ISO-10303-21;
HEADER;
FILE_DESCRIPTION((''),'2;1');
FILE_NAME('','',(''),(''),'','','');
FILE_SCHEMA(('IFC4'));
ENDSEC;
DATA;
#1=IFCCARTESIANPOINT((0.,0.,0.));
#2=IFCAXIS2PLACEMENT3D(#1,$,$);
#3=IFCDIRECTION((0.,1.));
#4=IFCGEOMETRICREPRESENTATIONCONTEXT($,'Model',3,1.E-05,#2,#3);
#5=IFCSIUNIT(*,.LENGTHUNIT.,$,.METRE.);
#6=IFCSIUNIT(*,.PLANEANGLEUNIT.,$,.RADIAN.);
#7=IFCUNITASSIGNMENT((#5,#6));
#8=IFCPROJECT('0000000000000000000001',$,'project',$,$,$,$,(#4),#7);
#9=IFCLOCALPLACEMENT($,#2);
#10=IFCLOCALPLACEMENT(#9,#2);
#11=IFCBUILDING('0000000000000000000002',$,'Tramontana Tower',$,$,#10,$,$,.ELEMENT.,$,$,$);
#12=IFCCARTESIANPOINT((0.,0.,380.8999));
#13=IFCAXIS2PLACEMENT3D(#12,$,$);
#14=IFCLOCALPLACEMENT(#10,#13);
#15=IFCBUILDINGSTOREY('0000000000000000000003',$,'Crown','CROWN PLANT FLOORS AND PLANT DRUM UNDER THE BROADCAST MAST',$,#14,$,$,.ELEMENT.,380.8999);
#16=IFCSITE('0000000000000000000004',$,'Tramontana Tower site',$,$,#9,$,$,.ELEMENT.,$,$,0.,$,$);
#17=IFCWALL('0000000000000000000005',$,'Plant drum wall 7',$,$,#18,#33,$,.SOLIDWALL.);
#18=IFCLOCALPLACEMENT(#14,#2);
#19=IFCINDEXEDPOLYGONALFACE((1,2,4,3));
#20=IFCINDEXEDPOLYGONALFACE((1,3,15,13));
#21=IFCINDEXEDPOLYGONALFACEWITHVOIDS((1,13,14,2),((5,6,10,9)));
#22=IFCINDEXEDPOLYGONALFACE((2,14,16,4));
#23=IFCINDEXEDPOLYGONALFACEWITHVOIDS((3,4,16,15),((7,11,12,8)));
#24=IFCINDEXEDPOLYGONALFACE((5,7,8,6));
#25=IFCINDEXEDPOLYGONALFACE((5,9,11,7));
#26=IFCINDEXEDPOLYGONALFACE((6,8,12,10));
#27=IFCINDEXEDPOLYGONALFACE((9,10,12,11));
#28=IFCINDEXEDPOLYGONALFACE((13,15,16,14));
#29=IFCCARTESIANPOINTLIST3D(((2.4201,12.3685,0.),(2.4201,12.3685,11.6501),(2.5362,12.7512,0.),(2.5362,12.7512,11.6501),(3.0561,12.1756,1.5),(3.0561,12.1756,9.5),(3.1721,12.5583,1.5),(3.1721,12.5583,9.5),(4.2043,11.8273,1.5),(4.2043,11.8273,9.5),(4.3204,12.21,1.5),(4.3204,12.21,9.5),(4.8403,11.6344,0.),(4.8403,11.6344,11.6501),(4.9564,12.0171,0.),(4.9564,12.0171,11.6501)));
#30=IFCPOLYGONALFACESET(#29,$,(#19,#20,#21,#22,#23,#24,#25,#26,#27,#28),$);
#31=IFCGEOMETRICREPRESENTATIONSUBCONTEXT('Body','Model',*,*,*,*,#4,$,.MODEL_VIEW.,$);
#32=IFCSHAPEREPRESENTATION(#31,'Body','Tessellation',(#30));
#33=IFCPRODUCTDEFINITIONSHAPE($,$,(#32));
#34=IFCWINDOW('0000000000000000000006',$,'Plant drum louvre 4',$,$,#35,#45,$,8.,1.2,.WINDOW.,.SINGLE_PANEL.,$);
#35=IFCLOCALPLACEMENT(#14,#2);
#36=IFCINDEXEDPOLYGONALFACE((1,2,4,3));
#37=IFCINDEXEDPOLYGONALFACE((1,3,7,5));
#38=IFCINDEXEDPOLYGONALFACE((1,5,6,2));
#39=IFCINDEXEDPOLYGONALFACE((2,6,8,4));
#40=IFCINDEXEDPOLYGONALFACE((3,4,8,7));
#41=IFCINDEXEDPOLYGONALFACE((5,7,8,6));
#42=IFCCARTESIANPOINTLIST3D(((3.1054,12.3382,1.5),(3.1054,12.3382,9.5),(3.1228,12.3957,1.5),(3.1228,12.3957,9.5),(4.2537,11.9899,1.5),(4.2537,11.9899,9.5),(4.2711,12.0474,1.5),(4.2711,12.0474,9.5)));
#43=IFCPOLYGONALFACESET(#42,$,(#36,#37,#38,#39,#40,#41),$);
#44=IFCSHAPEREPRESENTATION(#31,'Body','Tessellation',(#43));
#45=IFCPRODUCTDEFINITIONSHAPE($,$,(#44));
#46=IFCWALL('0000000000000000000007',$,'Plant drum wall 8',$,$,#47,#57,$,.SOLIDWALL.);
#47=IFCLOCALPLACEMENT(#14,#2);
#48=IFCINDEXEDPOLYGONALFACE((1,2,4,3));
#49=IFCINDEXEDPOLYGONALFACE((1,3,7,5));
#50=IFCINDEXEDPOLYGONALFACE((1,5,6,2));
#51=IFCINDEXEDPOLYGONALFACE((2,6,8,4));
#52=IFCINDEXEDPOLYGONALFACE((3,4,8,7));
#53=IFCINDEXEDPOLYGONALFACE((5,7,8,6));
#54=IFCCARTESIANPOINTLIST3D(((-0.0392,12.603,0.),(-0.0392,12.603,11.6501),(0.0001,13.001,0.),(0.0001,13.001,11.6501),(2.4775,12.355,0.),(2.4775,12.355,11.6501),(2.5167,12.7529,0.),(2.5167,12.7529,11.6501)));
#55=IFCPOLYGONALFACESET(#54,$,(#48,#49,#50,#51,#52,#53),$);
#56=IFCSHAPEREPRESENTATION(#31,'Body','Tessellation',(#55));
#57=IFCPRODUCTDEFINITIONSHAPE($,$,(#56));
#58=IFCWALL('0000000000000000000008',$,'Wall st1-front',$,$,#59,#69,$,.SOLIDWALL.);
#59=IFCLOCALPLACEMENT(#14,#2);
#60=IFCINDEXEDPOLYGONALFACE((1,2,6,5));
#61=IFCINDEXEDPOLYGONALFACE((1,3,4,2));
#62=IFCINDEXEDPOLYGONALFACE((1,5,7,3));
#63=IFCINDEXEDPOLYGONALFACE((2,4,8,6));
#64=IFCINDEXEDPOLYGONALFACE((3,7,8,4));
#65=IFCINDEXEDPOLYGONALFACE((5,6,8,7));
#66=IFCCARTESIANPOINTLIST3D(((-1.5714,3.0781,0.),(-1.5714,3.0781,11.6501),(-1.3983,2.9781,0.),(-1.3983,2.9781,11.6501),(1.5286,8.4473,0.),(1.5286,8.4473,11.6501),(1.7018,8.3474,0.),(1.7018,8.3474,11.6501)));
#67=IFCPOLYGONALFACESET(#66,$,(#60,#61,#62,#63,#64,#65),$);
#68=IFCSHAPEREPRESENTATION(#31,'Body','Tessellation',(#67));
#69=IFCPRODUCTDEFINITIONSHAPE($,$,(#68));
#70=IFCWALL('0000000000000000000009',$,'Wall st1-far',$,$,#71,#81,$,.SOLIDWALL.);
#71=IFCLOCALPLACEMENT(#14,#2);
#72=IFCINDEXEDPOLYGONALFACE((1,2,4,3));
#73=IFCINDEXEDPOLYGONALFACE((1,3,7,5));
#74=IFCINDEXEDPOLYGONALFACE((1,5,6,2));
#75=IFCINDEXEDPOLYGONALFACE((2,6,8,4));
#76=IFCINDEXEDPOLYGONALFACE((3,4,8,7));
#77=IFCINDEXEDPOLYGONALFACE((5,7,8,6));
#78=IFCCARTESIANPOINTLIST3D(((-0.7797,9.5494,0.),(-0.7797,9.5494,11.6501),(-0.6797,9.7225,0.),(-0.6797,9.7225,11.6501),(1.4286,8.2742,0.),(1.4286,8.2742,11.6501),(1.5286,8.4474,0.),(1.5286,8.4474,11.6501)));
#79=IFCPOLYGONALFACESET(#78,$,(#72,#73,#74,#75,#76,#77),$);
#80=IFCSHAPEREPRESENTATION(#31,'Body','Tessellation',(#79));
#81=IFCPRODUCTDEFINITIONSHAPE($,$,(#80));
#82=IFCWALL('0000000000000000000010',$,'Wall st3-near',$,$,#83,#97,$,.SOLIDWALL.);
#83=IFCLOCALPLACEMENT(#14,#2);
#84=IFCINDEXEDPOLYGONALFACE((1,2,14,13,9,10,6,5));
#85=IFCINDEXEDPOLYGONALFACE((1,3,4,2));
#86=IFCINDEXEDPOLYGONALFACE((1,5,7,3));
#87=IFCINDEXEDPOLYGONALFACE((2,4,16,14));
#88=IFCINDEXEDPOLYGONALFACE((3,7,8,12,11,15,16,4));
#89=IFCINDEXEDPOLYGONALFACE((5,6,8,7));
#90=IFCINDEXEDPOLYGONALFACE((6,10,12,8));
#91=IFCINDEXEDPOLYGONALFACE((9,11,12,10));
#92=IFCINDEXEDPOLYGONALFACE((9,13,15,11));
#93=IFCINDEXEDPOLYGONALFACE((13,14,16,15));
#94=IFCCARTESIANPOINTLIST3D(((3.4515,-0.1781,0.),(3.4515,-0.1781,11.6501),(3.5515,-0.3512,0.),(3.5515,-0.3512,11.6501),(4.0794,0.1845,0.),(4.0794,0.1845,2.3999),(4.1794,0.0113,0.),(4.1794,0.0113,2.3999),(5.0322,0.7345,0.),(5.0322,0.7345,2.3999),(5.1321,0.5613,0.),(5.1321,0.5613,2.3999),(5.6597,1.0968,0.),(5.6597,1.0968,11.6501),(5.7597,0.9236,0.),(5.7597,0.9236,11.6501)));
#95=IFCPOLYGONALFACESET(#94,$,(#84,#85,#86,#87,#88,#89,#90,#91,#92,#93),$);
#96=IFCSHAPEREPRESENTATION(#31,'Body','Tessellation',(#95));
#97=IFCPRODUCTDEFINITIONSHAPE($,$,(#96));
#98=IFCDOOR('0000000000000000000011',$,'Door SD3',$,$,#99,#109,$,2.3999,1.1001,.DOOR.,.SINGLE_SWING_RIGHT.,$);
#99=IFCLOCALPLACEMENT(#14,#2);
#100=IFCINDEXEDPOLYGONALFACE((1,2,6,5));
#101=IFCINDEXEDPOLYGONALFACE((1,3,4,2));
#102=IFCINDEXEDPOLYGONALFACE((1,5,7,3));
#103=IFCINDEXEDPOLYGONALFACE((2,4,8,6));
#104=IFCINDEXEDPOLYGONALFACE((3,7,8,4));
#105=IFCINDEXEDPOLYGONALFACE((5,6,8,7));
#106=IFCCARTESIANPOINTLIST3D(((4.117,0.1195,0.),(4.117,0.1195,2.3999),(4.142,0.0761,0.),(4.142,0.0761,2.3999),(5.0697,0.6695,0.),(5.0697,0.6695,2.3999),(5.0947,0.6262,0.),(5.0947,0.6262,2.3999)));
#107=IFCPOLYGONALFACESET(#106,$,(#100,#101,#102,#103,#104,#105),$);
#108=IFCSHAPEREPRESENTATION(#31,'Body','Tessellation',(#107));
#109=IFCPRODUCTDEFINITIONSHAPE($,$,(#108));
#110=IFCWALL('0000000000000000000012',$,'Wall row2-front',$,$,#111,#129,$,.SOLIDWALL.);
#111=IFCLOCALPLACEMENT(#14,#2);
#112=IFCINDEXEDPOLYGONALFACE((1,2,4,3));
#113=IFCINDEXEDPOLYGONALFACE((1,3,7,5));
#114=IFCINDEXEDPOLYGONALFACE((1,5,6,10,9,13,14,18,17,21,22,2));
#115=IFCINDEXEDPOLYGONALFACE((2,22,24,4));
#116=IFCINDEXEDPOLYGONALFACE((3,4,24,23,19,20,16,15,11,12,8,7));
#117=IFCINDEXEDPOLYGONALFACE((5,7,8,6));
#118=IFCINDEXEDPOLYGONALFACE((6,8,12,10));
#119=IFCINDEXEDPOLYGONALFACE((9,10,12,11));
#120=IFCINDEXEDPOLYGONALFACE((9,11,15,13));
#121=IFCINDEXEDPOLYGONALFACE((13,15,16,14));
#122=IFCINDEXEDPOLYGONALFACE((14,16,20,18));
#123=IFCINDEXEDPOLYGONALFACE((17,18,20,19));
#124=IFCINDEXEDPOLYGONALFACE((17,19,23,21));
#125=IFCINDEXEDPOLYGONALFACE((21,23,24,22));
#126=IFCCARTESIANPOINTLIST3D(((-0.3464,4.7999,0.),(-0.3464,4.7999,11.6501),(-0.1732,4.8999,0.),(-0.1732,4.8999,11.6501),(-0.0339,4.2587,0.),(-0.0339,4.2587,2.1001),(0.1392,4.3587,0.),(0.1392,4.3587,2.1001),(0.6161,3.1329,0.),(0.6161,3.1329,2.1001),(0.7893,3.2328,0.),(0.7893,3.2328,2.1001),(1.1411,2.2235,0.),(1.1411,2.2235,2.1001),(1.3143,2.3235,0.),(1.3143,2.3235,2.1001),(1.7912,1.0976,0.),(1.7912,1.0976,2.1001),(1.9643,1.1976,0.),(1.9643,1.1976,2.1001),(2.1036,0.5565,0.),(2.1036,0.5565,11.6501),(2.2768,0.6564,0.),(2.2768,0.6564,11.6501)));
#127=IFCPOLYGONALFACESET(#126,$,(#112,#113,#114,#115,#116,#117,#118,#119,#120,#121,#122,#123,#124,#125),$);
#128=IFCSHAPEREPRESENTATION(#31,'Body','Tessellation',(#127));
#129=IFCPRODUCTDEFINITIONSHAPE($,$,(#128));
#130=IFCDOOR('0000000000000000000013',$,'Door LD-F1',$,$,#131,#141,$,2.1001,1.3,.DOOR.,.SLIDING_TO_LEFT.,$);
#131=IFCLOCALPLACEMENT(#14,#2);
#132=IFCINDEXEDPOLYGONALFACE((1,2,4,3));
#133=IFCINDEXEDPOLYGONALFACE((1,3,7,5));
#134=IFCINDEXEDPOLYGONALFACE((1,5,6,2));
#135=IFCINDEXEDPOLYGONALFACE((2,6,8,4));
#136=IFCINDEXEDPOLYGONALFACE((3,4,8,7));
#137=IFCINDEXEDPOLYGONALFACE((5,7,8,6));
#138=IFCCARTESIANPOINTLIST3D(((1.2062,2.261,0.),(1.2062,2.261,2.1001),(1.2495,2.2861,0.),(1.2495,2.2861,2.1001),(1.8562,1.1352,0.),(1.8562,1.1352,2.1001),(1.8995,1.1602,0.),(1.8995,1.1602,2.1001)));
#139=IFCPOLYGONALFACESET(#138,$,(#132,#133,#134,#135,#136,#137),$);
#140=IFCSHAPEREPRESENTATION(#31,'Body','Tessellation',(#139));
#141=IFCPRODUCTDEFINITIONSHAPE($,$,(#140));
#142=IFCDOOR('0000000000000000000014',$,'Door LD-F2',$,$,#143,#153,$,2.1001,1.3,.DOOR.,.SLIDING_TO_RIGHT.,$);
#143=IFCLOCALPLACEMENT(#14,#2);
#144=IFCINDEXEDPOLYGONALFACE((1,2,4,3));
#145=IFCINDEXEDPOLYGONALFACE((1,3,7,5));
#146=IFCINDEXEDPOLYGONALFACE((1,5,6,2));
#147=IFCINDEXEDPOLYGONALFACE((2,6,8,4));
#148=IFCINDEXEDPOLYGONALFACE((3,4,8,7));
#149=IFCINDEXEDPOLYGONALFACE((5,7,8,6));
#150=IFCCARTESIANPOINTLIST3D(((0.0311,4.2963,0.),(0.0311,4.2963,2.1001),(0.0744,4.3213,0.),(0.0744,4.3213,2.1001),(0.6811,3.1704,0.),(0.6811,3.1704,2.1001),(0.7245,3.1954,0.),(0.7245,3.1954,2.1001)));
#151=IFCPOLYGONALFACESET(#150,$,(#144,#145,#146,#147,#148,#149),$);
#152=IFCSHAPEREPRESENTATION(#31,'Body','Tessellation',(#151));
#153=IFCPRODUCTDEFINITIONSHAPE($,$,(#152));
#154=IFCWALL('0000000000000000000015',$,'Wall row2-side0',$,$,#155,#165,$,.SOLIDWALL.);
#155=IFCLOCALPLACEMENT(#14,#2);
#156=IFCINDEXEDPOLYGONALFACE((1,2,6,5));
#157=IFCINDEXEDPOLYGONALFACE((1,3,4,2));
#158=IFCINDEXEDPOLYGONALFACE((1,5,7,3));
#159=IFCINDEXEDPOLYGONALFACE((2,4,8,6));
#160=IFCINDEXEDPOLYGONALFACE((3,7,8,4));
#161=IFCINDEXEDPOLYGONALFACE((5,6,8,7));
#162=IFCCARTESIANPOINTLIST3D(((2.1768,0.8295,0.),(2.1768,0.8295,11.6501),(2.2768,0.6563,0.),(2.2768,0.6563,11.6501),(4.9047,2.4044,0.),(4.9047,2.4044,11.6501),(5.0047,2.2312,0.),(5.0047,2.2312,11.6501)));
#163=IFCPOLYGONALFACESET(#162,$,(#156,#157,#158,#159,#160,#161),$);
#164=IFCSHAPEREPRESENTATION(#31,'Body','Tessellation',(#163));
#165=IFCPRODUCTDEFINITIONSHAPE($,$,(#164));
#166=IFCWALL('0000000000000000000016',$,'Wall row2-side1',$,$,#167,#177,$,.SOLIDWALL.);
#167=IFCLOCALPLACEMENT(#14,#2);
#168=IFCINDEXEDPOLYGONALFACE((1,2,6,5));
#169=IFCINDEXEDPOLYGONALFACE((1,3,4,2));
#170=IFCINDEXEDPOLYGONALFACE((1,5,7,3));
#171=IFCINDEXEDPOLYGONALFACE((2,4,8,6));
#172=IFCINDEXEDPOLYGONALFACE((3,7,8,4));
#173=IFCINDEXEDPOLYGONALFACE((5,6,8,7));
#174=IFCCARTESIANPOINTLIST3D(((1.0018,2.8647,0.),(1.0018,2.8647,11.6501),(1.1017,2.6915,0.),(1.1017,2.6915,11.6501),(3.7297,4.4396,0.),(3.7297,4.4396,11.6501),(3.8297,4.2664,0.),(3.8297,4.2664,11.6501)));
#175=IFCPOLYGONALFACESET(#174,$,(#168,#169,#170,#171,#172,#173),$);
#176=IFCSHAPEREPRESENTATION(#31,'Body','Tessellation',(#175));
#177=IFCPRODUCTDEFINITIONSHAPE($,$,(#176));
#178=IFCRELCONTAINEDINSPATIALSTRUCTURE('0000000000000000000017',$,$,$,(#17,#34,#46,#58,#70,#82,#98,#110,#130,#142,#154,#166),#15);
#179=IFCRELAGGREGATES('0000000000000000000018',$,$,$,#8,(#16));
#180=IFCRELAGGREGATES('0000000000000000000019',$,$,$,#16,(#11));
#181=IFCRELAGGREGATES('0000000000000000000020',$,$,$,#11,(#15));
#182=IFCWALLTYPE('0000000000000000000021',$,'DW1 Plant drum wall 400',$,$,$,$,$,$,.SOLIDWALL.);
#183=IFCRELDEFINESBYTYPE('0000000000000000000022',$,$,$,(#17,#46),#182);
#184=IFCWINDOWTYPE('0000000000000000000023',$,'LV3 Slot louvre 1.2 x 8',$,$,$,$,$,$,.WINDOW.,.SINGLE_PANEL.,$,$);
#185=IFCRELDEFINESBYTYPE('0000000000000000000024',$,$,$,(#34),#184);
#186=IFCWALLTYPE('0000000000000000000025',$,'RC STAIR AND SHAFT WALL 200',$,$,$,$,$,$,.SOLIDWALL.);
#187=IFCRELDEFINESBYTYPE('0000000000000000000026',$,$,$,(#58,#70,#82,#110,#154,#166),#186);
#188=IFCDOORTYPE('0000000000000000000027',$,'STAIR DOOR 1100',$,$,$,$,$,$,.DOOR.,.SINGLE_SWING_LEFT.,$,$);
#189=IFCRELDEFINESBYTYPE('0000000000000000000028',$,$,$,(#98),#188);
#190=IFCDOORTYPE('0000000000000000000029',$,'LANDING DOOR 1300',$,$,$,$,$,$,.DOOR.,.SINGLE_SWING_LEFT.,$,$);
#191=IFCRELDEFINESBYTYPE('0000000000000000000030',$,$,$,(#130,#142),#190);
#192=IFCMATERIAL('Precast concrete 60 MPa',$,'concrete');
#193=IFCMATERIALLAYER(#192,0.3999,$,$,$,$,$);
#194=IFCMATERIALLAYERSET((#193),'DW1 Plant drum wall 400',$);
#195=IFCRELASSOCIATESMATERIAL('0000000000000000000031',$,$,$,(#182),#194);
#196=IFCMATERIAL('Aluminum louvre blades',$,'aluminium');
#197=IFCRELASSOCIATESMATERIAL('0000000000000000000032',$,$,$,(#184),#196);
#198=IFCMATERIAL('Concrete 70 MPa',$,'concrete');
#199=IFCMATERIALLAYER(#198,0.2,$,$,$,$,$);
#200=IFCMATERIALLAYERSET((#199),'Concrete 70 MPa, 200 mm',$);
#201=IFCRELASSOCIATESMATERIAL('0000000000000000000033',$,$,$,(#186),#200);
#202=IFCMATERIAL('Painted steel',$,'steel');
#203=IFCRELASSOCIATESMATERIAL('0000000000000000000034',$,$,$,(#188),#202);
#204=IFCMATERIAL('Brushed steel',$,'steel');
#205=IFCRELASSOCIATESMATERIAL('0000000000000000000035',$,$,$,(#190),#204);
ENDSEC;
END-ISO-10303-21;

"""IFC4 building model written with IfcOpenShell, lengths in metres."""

from ifc_helpers import new_model, si_unit, direction, frame, frame_2d, origin, place, context, subcontext, project, spatial, rectangle, extrude, material, layer, layer_set, type_object, element, fill, save


model = new_model("IFC4")

# Units and contexts
model_context = context("Model", 3, precision=1e-05, world=origin(), true_north=direction((0.0, 1.0)))
body_context = subcontext(model_context, "Body", "Model", "MODEL_VIEW")
ifc_project = project(units=[si_unit("LENGTHUNIT", "METRE"), si_unit("PLANEANGLEUNIT", "RADIAN")], contexts=[model_context])

# Site, building, storey
site_placement = place(None, origin())
site = spatial("IfcSite", under=ifc_project, at=site_placement, Name="Tramontana Tower site", CompositionType="ELEMENT", RefElevation=0.0)
building_placement = place(site_placement, origin())
building = spatial("IfcBuilding", under=site, at=building_placement, Name="Tramontana Tower", CompositionType="ELEMENT")
storey_placement = place(building_placement, frame((0.0, 0.0, 380.8999)))
storey = spatial("IfcBuildingStorey", under=building, at=storey_placement, Name="Crown", Description="CROWN PLANT FLOORS AND PLANT DRUM UNDER THE BROADCAST MAST", CompositionType="ELEMENT", Elevation=380.8999)

# Wall, opening, window
ifc_material_1 = material(Name="Precast concrete 60 MPa", Category="concrete")
ifc_layer_1 = layer(ifc_material_1, 0.3999)
ifc_layer_set_1 = layer_set([ifc_layer_1], Name="DW1 Plant drum wall 400")
wall_type_1 = type_object("IfcWallType", Name="DW1 Plant drum wall 400", PredefinedType="SOLIDWALL", material=ifc_layer_set_1)
wall_1_placement = place(storey_placement, frame((4.8984, 11.8257, 0.0), z_axis=(0.0, 0.0, 1.0), x_axis=(-0.956942, 0.290278, 0.0)))
wall_1 = element("IfcWall", 1, at=wall_1_placement, inside=storey, type_object=wall_type_1, Name="Plant drum wall 7", PredefinedType="SOLIDWALL", context=body_context, shape_type="SweptSolid", body=[
    extrude(rectangle(XDim=2.5291, YDim=0.3999, at=frame_2d((1.2646, 0.0))), origin(), (0.0, 0.0, 1.0), 11.6501),
])
opening_1_placement = place(wall_1_placement, frame((0.6646, 0.0, 1.5)))
opening_1 = element("IfcOpeningElement", 2, at=opening_1_placement, cuts=wall_1, PredefinedType="OPENING", context=body_context, shape_type="SweptSolid", body=[
    extrude(rectangle(XDim=1.2, YDim=8.0, at=frame_2d((0.6001, 4.0))), frame((0.0, 0.21, 0.0), z_axis=(0.0, -1.0, 0.0), x_axis=(1.0, 0.0, 0.0)), (0.0, 0.0, 1.0), 0.4199),
])
ifc_material_2 = material(Name="Aluminum louvre blades", Category="aluminium")
window_type = type_object("IfcWindowType", Name="LV3 Slot louvre 1.2 x 8", PartitioningType="SINGLE_PANEL", PredefinedType="WINDOW", material=ifc_material_2)
window_placement = place(opening_1_placement, origin())
window = element("IfcWindow", 3, at=window_placement, inside=storey, type_object=window_type, Name="Plant drum louvre 4", OverallHeight=8.0, OverallWidth=1.2, PartitioningType="SINGLE_PANEL", PredefinedType="WINDOW", context=body_context, shape_type="SweptSolid", body=[
    extrude(rectangle(XDim=1.2, YDim=8.0, at=frame_2d((0.6001, 4.0))), frame((0.0, 0.03, 0.0), z_axis=(0.0, -1.0, 0.0), x_axis=(1.0, 0.0, 0.0)), (0.0, 0.0, 1.0), 0.0601),
])
fill(opening_1, window)

# Walls
wall_2_placement = place(storey_placement, frame((2.4971, 12.554, 0.0), z_axis=(0.0, 0.0, 1.0), x_axis=(-0.995178, 0.098089, 0.0)))
element("IfcWall", 4, at=wall_2_placement, inside=storey, type_object=wall_type_1, Name="Plant drum wall 8", PredefinedType="SOLIDWALL", context=body_context, shape_type="SweptSolid", body=[
    extrude(rectangle(XDim=2.5288, YDim=0.3999, at=frame_2d((1.2644, 0.0))), origin(), (0.0, 0.0, 1.0), 11.6501),
])
ifc_material_3 = material(Name="Concrete 70 MPa", Category="concrete")
ifc_layer_2 = layer(ifc_material_3, 0.2)
ifc_layer_set_2 = layer_set([ifc_layer_2], Name="Concrete 70 MPa, 200 mm")
wall_type_2 = type_object("IfcWallType", Name="RC STAIR AND SHAFT WALL 200", PredefinedType="SOLIDWALL", material=ifc_layer_set_2)
wall_3_placement = place(storey_placement, frame((1.6152, 8.3975, 0.0), z_axis=(0.0, 0.0, 1.0), x_axis=(-0.50001, -0.86602, 0.0)))
element("IfcWall", 5, at=wall_3_placement, inside=storey, type_object=wall_type_2, Name="Wall st1-front", PredefinedType="SOLIDWALL", context=body_context, shape_type="SweptSolid", body=[
    extrude(rectangle(XDim=6.2, YDim=0.2, at=frame_2d((3.1001, 0.0))), origin(), (0.0, 0.0, 1.0), 11.6501),
])
wall_4_placement = place(storey_placement, frame((1.4785, 8.3608, 0.0), z_axis=(0.0, 0.0, 1.0), x_axis=(-0.865989, 0.500062, 0.0)))
element("IfcWall", 6, at=wall_4_placement, inside=storey, type_object=wall_type_2, Name="Wall st1-far", PredefinedType="SOLIDWALL", context=body_context, shape_type="SweptSolid", body=[
    extrude(rectangle(XDim=2.55, YDim=0.2, at=frame_2d((1.2749, 0.0))), origin(), (0.0, 0.0, 1.0), 11.6501),
])

# Wall, opening, door
wall_5_placement = place(storey_placement, frame((3.5015, -0.2646, 0.0), z_axis=(0.0, 0.0, 1.0), x_axis=(0.866031, 0.49999, 0.0)))
wall_5 = element("IfcWall", 7, at=wall_5_placement, inside=storey, type_object=wall_type_2, Name="Wall st3-near", PredefinedType="SOLIDWALL", context=body_context, shape_type="SweptSolid", body=[
    extrude(rectangle(XDim=2.5498, YDim=0.2, at=frame_2d((1.2749, 0.0))), origin(), (0.0, 0.0, 1.0), 11.6501),
])
opening_2_placement = place(wall_5_placement, frame((0.7251, 0.0, 0.0)))
opening_2 = element("IfcOpeningElement", 8, at=opening_2_placement, cuts=wall_5, PredefinedType="OPENING", context=body_context, shape_type="SweptSolid", body=[
    extrude(rectangle(XDim=1.1001, YDim=2.3999, at=frame_2d((0.55, 1.2))), frame((0.0, 0.1099, 0.0), z_axis=(0.0, -1.0, 0.0), x_axis=(1.0, 0.0, 0.0)), (0.0, 0.0, 1.0), 0.22),
])
ifc_material_4 = material(Name="Painted steel", Category="steel")
door_type_1 = type_object("IfcDoorType", Name="STAIR DOOR 1100", OperationType="SINGLE_SWING_LEFT", PredefinedType="DOOR", material=ifc_material_4)
door_1_placement = place(opening_2_placement, origin())
door_1 = element("IfcDoor", 9, at=door_1_placement, inside=storey, type_object=door_type_1, Name="Door SD3", OperationType="SINGLE_SWING_RIGHT", OverallHeight=2.3999, OverallWidth=1.1001, PredefinedType="DOOR", context=body_context, shape_type="SweptSolid", body=[
    extrude(rectangle(XDim=1.1001, YDim=2.3999, at=frame_2d((0.55, 1.2))), frame((0.0, 0.0249, 0.0), z_axis=(0.0, -1.0, 0.0), x_axis=(1.0, 0.0, 0.0)), (0.0, 0.0, 1.0), 0.05),
])
fill(opening_2, door_1)

# Wall, openings, doors
wall_6_placement = place(storey_placement, frame((2.1902, 0.6064, 0.0), z_axis=(0.0, 0.0, 1.0), x_axis=(-0.500003, 0.866024, 0.0)))
wall_6 = element("IfcWall", 10, at=wall_6_placement, inside=storey, type_object=wall_type_2, Name="Wall row2-front", PredefinedType="SOLIDWALL", context=body_context, shape_type="SweptSolid", body=[
    extrude(rectangle(XDim=4.8999, YDim=0.2, at=frame_2d((2.45, 0.0))), origin(), (0.0, 0.0, 1.0), 11.6501),
])
opening_3_placement = place(wall_6_placement, frame((0.625, 0.0, 0.0)))
opening_3 = element("IfcOpeningElement", 11, at=opening_3_placement, cuts=wall_6, PredefinedType="OPENING", context=body_context, shape_type="SweptSolid", body=[
    extrude(rectangle(XDim=1.3, YDim=2.1001, at=frame_2d((0.6499, 1.05))), frame((0.0, 0.1099, 0.0), z_axis=(0.0, -1.0, 0.0), x_axis=(1.0, 0.0, 0.0)), (0.0, 0.0, 1.0), 0.22),
])
opening_4_placement = place(wall_6_placement, frame((2.9751, 0.0, 0.0)))
opening_4 = element("IfcOpeningElement", 12, at=opening_4_placement, cuts=wall_6, PredefinedType="OPENING", context=body_context, shape_type="SweptSolid", body=[
    extrude(rectangle(XDim=1.3, YDim=2.1001, at=frame_2d((0.6499, 1.05))), frame((0.0, 0.1099, 0.0), z_axis=(0.0, -1.0, 0.0), x_axis=(1.0, 0.0, 0.0)), (0.0, 0.0, 1.0), 0.22),
])
ifc_material_5 = material(Name="Brushed steel", Category="steel")
door_type_2 = type_object("IfcDoorType", Name="LANDING DOOR 1300", OperationType="SINGLE_SWING_LEFT", PredefinedType="DOOR", material=ifc_material_5)
door_2_placement = place(opening_3_placement, origin())
door_2 = element("IfcDoor", 13, at=door_2_placement, inside=storey, type_object=door_type_2, Name="Door LD-F1", OperationType="SLIDING_TO_LEFT", OverallHeight=2.1001, OverallWidth=1.3, PredefinedType="DOOR", context=body_context, shape_type="SweptSolid", body=[
    extrude(rectangle(XDim=1.3, YDim=2.1001, at=frame_2d((0.6499, 1.05))), frame((0.0, 0.0249, 0.0), z_axis=(0.0, -1.0, 0.0), x_axis=(1.0, 0.0, 0.0)), (0.0, 0.0, 1.0), 0.05),
])
fill(opening_3, door_2)
door_3_placement = place(opening_4_placement, origin())
door_3 = element("IfcDoor", 14, at=door_3_placement, inside=storey, type_object=door_type_2, Name="Door LD-F2", OperationType="SLIDING_TO_RIGHT", OverallHeight=2.1001, OverallWidth=1.3, PredefinedType="DOOR", context=body_context, shape_type="SweptSolid", body=[
    extrude(rectangle(XDim=1.3, YDim=2.1001, at=frame_2d((0.6499, 1.05))), frame((0.0, 0.0249, 0.0), z_axis=(0.0, -1.0, 0.0), x_axis=(1.0, 0.0, 0.0)), (0.0, 0.0, 1.0), 0.05),
])
fill(opening_4, door_3)

# Walls
for number, where, z_axis, x_axis, name in (
    (15, (2.2268, 0.7429, 0.0), (0.0, 0.0, 1.0), (0.866036, 0.499982, 0.0), "Wall row2-side0"),
    (16, (1.0518, 2.7781, 0.0), (0.0, 0.0, 1.0), (0.866036, 0.499982, 0.0), "Wall row2-side1"),
):
    element("IfcWall", number, at=place(storey_placement, frame(where, z_axis=z_axis, x_axis=x_axis)), inside=storey, type_object=wall_type_2, Name=name, PredefinedType="SOLIDWALL", context=body_context, shape_type="SweptSolid", body=[
        extrude(rectangle(XDim=3.1499, YDim=0.2, at=frame_2d((1.575, 0.0))), origin(), (0.0, 0.0, 1.0), 11.6501),
    ])

save(model, "model.ifc")
